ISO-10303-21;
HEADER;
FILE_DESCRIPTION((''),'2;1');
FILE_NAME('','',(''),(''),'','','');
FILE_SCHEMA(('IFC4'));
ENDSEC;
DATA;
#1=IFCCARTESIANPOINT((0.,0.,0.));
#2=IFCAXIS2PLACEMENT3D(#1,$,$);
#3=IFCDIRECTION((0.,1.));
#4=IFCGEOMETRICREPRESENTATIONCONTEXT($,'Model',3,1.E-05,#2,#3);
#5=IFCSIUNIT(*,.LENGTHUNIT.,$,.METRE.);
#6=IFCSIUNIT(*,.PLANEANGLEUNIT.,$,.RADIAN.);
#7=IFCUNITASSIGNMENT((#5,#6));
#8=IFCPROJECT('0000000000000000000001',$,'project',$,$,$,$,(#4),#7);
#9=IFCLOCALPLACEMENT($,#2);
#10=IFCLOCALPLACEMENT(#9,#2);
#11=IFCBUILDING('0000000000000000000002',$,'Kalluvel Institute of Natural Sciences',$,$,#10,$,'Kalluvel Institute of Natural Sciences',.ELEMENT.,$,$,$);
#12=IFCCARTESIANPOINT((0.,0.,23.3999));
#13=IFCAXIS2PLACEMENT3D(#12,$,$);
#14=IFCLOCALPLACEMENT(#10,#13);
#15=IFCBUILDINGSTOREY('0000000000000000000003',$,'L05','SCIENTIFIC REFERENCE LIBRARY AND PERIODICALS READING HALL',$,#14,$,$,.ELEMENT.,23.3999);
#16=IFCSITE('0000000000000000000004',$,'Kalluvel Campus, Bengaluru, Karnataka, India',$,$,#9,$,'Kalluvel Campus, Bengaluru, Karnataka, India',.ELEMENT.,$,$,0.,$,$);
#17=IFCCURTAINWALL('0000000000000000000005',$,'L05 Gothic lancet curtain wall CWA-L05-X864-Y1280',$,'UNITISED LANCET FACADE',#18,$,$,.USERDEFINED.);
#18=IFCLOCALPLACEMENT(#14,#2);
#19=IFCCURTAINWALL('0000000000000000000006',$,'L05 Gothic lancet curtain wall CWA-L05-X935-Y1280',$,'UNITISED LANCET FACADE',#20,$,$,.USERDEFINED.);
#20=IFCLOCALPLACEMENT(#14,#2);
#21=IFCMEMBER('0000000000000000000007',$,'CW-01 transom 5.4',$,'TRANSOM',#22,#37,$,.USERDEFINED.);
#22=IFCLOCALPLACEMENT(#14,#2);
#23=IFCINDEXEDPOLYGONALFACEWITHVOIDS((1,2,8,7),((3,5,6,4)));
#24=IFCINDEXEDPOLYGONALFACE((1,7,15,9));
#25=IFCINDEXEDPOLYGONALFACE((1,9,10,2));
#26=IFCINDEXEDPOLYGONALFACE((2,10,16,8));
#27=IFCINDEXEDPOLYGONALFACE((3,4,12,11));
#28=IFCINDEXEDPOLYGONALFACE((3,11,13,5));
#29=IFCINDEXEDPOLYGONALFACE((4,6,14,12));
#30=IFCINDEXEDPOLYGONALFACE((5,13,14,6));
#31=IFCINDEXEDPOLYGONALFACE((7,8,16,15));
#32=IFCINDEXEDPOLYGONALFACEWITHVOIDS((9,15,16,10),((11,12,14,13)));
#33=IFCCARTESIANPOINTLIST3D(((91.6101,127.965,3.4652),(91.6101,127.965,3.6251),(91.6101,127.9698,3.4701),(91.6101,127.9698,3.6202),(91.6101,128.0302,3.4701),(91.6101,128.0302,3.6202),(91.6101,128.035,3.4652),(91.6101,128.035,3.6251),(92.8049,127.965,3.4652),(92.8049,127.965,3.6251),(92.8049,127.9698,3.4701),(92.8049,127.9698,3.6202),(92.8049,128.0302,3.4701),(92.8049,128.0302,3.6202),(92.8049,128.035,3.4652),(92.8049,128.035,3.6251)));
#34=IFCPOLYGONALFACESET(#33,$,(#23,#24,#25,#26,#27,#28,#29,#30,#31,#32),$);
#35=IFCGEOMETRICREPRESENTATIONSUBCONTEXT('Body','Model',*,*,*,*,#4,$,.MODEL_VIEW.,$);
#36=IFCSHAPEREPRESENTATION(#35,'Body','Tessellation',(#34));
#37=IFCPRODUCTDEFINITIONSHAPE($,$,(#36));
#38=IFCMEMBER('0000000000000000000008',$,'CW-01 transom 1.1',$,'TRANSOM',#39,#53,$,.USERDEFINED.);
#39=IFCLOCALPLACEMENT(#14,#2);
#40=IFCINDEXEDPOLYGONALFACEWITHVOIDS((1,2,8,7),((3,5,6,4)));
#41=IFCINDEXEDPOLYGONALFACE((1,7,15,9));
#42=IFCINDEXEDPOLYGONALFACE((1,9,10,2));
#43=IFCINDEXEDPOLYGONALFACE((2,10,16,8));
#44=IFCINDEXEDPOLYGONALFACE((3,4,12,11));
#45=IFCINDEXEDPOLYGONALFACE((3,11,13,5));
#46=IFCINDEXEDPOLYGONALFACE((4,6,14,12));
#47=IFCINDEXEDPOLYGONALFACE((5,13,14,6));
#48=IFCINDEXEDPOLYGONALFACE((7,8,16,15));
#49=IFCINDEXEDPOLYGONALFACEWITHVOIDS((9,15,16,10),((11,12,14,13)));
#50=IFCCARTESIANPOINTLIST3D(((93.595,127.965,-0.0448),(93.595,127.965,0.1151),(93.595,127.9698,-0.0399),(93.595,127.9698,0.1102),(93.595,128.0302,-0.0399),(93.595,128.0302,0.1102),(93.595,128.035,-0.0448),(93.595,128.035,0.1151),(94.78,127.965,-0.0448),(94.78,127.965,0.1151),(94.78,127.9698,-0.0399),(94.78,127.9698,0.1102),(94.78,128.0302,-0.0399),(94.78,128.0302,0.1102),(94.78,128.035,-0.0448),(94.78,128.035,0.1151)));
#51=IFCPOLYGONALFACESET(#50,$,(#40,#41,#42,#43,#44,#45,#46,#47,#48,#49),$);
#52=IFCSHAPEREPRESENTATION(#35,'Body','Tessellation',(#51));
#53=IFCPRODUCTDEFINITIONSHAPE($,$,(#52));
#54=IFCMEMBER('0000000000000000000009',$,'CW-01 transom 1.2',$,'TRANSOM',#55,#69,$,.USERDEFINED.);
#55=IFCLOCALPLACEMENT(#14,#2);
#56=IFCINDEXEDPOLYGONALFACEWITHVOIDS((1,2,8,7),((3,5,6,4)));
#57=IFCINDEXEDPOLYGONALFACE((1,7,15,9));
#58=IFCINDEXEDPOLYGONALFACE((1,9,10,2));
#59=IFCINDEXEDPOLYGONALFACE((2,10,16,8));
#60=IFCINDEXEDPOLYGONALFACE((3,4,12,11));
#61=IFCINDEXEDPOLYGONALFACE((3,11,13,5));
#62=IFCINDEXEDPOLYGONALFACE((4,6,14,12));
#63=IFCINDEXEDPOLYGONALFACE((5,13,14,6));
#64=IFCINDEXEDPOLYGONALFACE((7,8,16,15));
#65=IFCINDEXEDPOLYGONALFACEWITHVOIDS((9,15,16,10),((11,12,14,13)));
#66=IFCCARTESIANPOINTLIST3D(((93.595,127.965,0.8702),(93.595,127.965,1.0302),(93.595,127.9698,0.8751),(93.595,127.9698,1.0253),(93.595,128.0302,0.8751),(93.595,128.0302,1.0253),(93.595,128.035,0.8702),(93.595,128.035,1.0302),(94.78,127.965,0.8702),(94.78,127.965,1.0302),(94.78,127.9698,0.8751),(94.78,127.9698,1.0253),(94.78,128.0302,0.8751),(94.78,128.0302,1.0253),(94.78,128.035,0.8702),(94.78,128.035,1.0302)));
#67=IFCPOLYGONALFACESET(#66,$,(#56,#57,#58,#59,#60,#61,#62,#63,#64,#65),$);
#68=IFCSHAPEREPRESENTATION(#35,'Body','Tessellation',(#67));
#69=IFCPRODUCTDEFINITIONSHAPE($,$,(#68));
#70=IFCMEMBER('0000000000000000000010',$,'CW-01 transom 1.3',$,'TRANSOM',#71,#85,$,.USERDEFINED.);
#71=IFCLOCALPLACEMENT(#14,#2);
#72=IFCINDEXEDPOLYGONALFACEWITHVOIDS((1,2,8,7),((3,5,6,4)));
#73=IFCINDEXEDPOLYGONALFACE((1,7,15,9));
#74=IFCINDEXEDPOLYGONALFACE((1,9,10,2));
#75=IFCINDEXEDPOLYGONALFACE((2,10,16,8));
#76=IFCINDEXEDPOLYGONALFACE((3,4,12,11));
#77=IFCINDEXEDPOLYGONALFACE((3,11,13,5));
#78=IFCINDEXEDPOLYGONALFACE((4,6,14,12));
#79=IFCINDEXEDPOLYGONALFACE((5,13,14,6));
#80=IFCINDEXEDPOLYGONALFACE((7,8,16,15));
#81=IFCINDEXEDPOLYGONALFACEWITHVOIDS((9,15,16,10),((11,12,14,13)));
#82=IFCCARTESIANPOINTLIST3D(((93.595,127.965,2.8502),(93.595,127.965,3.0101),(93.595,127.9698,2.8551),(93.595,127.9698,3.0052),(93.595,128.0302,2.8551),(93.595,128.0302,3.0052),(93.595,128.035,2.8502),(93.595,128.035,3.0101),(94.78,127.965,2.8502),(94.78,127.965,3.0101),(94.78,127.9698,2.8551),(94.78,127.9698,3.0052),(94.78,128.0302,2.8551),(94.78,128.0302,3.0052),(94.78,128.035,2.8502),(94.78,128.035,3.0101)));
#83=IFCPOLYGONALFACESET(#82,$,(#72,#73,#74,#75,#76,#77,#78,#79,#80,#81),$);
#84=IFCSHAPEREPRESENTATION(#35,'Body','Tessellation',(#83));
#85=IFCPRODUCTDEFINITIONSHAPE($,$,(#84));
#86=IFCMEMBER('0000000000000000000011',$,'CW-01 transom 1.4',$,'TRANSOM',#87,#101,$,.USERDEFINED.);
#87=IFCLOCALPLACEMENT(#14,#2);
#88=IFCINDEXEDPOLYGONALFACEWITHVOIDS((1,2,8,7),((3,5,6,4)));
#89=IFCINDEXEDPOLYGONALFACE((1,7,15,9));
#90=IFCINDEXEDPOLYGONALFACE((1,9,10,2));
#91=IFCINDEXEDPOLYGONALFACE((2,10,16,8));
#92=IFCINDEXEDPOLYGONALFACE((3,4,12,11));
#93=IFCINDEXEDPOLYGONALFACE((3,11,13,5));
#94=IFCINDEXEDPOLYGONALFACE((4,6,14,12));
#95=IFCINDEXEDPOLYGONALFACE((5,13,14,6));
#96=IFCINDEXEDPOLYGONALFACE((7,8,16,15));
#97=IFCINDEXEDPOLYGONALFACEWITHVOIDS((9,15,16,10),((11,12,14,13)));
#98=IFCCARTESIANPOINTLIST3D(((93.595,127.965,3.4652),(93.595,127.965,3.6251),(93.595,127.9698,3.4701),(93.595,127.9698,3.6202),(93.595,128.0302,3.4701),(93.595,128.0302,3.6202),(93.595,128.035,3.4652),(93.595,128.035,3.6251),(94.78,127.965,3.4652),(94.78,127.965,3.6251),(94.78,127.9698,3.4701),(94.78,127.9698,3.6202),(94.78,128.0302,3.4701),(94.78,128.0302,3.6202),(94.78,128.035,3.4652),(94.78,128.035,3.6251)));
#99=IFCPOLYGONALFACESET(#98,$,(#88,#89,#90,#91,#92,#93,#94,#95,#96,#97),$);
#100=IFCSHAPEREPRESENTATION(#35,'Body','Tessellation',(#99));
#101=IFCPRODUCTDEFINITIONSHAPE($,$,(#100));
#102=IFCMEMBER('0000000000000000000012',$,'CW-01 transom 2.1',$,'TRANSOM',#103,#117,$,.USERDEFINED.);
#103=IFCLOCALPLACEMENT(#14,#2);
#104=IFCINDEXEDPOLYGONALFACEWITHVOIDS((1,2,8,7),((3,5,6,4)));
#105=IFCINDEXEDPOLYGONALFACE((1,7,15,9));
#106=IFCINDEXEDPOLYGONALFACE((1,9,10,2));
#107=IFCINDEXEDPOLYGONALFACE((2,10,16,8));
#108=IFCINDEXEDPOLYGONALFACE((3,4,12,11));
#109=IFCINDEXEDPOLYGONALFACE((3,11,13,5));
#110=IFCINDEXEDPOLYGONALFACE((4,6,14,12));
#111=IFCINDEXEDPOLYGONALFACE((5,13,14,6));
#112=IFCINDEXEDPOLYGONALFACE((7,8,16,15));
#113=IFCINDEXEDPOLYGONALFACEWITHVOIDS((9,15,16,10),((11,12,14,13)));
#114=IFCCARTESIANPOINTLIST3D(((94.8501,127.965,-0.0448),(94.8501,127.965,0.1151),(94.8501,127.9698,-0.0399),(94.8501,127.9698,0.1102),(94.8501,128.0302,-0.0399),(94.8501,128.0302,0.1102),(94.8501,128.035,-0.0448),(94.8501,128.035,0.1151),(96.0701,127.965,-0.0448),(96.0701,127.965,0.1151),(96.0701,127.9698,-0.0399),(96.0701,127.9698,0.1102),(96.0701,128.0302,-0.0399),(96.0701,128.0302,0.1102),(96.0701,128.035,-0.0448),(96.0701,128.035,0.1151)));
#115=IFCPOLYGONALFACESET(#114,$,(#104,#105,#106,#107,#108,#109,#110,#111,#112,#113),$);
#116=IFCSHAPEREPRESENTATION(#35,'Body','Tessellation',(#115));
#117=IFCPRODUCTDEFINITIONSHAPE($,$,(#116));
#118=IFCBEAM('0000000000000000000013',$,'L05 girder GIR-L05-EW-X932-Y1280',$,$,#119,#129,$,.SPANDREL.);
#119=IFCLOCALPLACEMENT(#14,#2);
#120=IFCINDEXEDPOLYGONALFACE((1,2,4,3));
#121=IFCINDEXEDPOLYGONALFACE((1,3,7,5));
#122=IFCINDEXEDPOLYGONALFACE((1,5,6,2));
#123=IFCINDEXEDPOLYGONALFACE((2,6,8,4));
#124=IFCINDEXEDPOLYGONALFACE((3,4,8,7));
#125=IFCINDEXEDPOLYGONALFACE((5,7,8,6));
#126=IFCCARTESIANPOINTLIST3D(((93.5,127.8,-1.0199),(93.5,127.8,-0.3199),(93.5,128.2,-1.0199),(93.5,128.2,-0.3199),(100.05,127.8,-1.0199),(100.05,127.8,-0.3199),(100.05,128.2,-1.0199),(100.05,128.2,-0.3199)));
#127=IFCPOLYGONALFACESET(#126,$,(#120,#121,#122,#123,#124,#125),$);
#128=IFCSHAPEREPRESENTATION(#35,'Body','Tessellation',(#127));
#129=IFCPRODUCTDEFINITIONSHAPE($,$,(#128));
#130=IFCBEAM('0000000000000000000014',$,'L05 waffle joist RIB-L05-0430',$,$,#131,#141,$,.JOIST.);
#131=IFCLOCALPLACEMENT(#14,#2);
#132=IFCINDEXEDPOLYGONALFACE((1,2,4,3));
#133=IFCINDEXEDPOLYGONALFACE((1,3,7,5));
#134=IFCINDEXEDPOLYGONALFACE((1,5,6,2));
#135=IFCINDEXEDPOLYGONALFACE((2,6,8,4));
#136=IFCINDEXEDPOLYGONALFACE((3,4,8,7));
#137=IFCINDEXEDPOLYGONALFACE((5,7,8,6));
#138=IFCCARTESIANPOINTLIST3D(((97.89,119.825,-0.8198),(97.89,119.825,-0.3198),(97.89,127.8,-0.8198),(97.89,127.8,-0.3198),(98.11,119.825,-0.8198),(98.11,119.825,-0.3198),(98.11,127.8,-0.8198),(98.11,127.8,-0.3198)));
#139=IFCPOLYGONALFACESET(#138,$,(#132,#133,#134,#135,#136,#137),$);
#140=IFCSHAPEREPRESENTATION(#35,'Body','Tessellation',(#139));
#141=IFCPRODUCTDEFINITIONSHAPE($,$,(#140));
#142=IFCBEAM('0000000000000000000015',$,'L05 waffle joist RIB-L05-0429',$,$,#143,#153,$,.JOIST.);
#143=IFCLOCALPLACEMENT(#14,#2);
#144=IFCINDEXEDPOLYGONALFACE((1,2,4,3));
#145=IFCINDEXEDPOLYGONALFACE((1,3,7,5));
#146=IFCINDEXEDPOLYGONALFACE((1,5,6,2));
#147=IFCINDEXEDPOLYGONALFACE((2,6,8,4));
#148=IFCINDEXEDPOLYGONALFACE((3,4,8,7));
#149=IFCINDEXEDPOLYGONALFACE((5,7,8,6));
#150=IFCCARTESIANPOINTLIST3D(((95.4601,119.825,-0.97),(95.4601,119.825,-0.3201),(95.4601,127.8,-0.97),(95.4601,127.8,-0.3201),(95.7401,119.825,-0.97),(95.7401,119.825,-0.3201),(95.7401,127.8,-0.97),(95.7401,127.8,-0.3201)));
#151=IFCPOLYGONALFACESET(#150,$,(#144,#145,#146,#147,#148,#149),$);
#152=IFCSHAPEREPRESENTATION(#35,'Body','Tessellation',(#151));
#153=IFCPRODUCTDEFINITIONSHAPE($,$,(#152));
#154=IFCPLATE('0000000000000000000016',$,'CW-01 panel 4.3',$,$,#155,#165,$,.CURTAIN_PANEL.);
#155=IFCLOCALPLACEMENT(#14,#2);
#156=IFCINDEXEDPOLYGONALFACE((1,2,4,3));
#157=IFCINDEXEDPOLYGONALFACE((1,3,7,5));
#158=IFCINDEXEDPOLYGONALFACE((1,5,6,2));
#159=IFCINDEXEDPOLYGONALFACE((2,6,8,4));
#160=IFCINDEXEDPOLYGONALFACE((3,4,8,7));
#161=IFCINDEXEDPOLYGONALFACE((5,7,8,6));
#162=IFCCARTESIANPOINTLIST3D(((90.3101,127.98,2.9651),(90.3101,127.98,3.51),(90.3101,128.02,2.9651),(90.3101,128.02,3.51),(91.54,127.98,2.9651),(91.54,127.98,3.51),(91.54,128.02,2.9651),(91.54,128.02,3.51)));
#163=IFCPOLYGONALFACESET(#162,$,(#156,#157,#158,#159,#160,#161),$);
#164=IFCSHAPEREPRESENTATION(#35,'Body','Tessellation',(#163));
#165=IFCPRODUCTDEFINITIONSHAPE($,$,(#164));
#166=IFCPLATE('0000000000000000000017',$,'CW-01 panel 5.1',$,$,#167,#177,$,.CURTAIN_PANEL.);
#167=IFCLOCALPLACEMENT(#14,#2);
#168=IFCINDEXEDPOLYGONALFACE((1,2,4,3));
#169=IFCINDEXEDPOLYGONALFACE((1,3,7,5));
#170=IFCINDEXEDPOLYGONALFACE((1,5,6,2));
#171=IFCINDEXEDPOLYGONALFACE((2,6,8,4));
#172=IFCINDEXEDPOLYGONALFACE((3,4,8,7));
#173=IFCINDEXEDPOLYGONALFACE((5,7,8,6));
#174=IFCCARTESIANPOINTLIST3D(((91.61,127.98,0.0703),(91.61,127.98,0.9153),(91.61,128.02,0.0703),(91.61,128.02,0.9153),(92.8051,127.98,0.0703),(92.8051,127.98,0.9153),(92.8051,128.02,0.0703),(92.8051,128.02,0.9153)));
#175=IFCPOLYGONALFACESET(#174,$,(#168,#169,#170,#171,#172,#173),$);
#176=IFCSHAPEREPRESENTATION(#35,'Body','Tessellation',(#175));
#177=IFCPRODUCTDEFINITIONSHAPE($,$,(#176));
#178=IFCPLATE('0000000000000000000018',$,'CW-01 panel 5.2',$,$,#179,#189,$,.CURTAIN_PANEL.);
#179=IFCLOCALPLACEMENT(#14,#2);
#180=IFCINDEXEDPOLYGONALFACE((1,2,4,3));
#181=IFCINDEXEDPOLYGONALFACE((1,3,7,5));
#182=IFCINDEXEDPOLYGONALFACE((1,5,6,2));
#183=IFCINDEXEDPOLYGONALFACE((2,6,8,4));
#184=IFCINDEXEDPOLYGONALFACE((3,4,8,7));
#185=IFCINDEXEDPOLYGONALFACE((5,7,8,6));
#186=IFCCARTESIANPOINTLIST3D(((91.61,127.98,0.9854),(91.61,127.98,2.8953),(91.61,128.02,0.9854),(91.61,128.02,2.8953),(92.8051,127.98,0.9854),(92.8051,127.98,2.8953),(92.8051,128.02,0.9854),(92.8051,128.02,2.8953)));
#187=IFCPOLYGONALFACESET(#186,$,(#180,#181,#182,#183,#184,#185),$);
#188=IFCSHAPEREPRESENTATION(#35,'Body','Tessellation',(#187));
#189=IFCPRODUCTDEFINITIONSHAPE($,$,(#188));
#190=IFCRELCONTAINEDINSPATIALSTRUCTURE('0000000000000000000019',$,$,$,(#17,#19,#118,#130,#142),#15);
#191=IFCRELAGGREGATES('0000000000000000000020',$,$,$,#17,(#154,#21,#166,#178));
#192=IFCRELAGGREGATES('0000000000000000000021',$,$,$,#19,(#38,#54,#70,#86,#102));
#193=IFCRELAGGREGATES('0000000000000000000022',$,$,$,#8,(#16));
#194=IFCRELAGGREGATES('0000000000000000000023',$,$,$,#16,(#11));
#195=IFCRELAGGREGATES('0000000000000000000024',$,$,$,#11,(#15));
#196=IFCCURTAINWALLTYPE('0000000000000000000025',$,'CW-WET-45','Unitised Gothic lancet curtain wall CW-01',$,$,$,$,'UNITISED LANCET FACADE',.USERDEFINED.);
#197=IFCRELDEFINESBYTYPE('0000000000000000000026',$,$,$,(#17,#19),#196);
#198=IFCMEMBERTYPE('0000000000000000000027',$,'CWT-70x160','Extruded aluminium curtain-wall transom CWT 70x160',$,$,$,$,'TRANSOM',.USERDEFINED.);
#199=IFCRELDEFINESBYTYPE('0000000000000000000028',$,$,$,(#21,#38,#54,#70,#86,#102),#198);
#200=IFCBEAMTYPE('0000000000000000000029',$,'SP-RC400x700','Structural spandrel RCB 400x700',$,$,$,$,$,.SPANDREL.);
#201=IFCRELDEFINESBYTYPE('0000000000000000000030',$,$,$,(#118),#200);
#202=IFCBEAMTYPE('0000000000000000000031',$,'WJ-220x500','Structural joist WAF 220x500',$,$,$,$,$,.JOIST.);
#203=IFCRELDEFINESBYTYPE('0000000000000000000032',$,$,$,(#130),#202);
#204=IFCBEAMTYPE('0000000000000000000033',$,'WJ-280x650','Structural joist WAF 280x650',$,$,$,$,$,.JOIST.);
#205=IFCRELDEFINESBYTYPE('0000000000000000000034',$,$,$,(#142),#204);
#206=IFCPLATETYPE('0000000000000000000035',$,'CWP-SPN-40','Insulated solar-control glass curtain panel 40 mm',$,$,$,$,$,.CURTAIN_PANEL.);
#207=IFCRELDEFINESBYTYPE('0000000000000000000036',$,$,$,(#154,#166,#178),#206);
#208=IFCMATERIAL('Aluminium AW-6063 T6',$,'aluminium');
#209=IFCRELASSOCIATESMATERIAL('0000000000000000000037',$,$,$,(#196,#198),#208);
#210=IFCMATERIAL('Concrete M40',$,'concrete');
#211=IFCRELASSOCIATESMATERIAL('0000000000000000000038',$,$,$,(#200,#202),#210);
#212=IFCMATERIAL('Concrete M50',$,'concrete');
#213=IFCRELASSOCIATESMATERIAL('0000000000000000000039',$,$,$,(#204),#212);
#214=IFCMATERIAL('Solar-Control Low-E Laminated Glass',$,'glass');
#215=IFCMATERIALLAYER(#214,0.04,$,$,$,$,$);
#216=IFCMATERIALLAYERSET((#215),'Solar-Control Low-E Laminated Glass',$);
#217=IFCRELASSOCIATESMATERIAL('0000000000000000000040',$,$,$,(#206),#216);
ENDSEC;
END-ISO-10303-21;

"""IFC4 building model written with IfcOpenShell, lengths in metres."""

from ifc_helpers import new_model, si_unit, direction, frame, origin, origin_2d, place, context, subcontext, project, spatial, rectangle, hollow_rectangle, extrude, material, layer, layer_set, material_profile, profile_set, type_object, element, aggregate, save


model = new_model("IFC4")

# Units and contexts
model_context = context("Model", 3, precision=1e-05, world=origin(), true_north=direction((0.0, 1.0)))
body_context = subcontext(model_context, "Body", "Model", "MODEL_VIEW")
ifc_project = project(units=[si_unit("LENGTHUNIT", "METRE"), si_unit("PLANEANGLEUNIT", "RADIAN")], contexts=[model_context])

# Site, building, storey
site_placement = place(None, origin())
site = spatial("IfcSite", under=ifc_project, at=site_placement, Name="Kalluvel Campus, Bengaluru, Karnataka, India", LongName="Kalluvel Campus, Bengaluru, Karnataka, India", CompositionType="ELEMENT", RefElevation=0.0)
building_placement = place(site_placement, origin())
building = spatial("IfcBuilding", under=site, at=building_placement, Name="Kalluvel Institute of Natural Sciences", LongName="Kalluvel Institute of Natural Sciences", CompositionType="ELEMENT")
storey_placement = place(building_placement, frame((0.0, 0.0, 23.3999)))
storey = spatial("IfcBuildingStorey", under=building, at=storey_placement, Name="L05", Description="SCIENTIFIC REFERENCE LIBRARY AND PERIODICALS READING HALL", CompositionType="ELEMENT", Elevation=23.3999)

# Shared definitions
ifc_material_1 = material(Name="Concrete M40", Category="concrete")

# Shared definitions
ifc_material_2 = material(Name="Concrete M50", Category="concrete")

# Curtain walls
ifc_material_3 = material(Name="Aluminium AW-6063 T6", Category="aluminium")
curtain_wall_type = type_object("IfcCurtainWallType", Name="CW-WET-45", Description="Unitised Gothic lancet curtain wall CW-01", ElementType="UNITISED LANCET FACADE", PredefinedType="USERDEFINED", material=ifc_material_3)
curtain_wall_1_placement = place(storey_placement, origin())
curtain_wall_1 = element("IfcCurtainWall", 1, at=curtain_wall_1_placement, inside=storey, type_object=curtain_wall_type, Name="L05 Gothic lancet curtain wall CWA-L05-X864-Y1280", ObjectType="UNITISED LANCET FACADE", PredefinedType="USERDEFINED")
curtain_wall_2_placement = place(storey_placement, origin())
curtain_wall_2 = element("IfcCurtainWall", 2, at=curtain_wall_2_placement, inside=storey, type_object=curtain_wall_type, Name="L05 Gothic lancet curtain wall CWA-L05-X935-Y1280", ObjectType="UNITISED LANCET FACADE", PredefinedType="USERDEFINED")

# Members
ifc_material_profile_1 = material_profile(ifc_material_3, hollow_rectangle(XDim=0.0701, YDim=0.1599, WallThickness=0.0049, at=origin_2d()), Name="CWT 70x160")
ifc_profile_set_1 = profile_set([ifc_material_profile_1], Name="Aluminium AW-6063 T6")
member_type_1 = type_object("IfcMemberType", Name="CWT-70x160", Description="Extruded aluminium curtain-wall transom CWT 70x160", ElementType="TRANSOM", PredefinedType="USERDEFINED", material=ifc_profile_set_1)
member_1_placement = place(storey_placement, frame((91.6101, 128.0, 3.5452), z_axis=(1.0, 0.0, 0.0), x_axis=(0.0, 1.0, 0.0)))
member_1 = element("IfcMember", 3, at=member_1_placement, type_object=member_type_1, Name="CW-01 transom 5.4", ObjectType="TRANSOM", PredefinedType="USERDEFINED", context=body_context, shape_type="SweptSolid", body=[
    extrude(hollow_rectangle(XDim=0.0701, YDim=0.1599, WallThickness=0.0049, at=origin_2d()), origin(), (0.0, 0.0, 1.0), 1.1948),
])
member_2_placement = place(storey_placement, frame((93.595, 128.0, 0.0352), z_axis=(1.0, 0.0, 0.0), x_axis=(0.0, 1.0, 0.0)))
member_2 = element("IfcMember", 4, at=member_2_placement, type_object=member_type_1, Name="CW-01 transom 1.1", ObjectType="TRANSOM", PredefinedType="USERDEFINED", context=body_context, shape_type="SweptSolid", body=[
    extrude(hollow_rectangle(XDim=0.0701, YDim=0.1599, WallThickness=0.0049, at=origin_2d()), origin(), (0.0, 0.0, 1.0), 1.1851),
])
member_3_placement = place(storey_placement, frame((93.595, 128.0, 0.9502), z_axis=(1.0, 0.0, 0.0), x_axis=(0.0, 1.0, 0.0)))
member_3 = element("IfcMember", 5, at=member_3_placement, type_object=member_type_1, Name="CW-01 transom 1.2", ObjectType="TRANSOM", PredefinedType="USERDEFINED", context=body_context, shape_type="SweptSolid", body=[
    extrude(hollow_rectangle(XDim=0.0701, YDim=0.1599, WallThickness=0.0049, at=origin_2d()), origin(), (0.0, 0.0, 1.0), 1.1851),
])
member_4_placement = place(storey_placement, frame((93.595, 128.0, 2.9302), z_axis=(1.0, 0.0, 0.0), x_axis=(0.0, 1.0, 0.0)))
member_4 = element("IfcMember", 6, at=member_4_placement, type_object=member_type_1, Name="CW-01 transom 1.3", ObjectType="TRANSOM", PredefinedType="USERDEFINED", context=body_context, shape_type="SweptSolid", body=[
    extrude(hollow_rectangle(XDim=0.0701, YDim=0.1599, WallThickness=0.0049, at=origin_2d()), origin(), (0.0, 0.0, 1.0), 1.1851),
])
member_5_placement = place(storey_placement, frame((93.595, 128.0, 3.5452), z_axis=(1.0, 0.0, 0.0), x_axis=(0.0, 1.0, 0.0)))
member_5 = element("IfcMember", 7, at=member_5_placement, type_object=member_type_1, Name="CW-01 transom 1.4", ObjectType="TRANSOM", PredefinedType="USERDEFINED", context=body_context, shape_type="SweptSolid", body=[
    extrude(hollow_rectangle(XDim=0.0701, YDim=0.1599, WallThickness=0.0049, at=origin_2d()), origin(), (0.0, 0.0, 1.0), 1.1851),
])
member_6_placement = place(storey_placement, frame((94.8501, 128.0, 0.0352), z_axis=(1.0, 0.0, 0.0), x_axis=(0.0, 1.0, 0.0)))
member_6 = element("IfcMember", 8, at=member_6_placement, type_object=member_type_1, Name="CW-01 transom 2.1", ObjectType="TRANSOM", PredefinedType="USERDEFINED", context=body_context, shape_type="SweptSolid", body=[
    extrude(hollow_rectangle(XDim=0.0701, YDim=0.1599, WallThickness=0.0049, at=origin_2d()), origin(), (0.0, 0.0, 1.0), 1.22),
])

# Beams
ifc_material_profile_2 = material_profile(ifc_material_1, rectangle(XDim=0.3999, YDim=0.7, at=origin_2d()), Name="RCB 400x700")
ifc_profile_set_2 = profile_set([ifc_material_profile_2], Name="Concrete M40")
beam_type_1 = type_object("IfcBeamType", Name="SP-RC400x700", Description="Structural spandrel RCB 400x700", PredefinedType="SPANDREL", material=ifc_profile_set_2)
beam_1_placement = place(storey_placement, frame((93.5, 128.0, -0.6699), z_axis=(1.0, 0.0, 0.0), x_axis=(0.0, 1.0, 0.0)))
element("IfcBeam", 9, at=beam_1_placement, inside=storey, type_object=beam_type_1, Name="L05 girder GIR-L05-EW-X932-Y1280", PredefinedType="SPANDREL", context=body_context, shape_type="SweptSolid", body=[
    extrude(rectangle(XDim=0.3999, YDim=0.7, at=origin_2d()), origin(), (0.0, 0.0, 1.0), 6.55),
])
ifc_material_profile_3 = material_profile(ifc_material_1, rectangle(XDim=0.22, YDim=0.5, at=origin_2d()), Name="WAF 220x500")
ifc_profile_set_3 = profile_set([ifc_material_profile_3], Name="Concrete M40")
beam_type_2 = type_object("IfcBeamType", Name="WJ-220x500", Description="Structural joist WAF 220x500", PredefinedType="JOIST", material=ifc_profile_set_3)
beam_2_placement = place(storey_placement, frame((98.0, 119.825, -0.5698), z_axis=(0.0, 1.0, 0.0), x_axis=(-1.0, 0.0, 0.0)))
element("IfcBeam", 10, at=beam_2_placement, inside=storey, type_object=beam_type_2, Name="L05 waffle joist RIB-L05-0430", PredefinedType="JOIST", context=body_context, shape_type="SweptSolid", body=[
    extrude(rectangle(XDim=0.22, YDim=0.5, at=origin_2d()), origin(), (0.0, 0.0, 1.0), 7.9751),
])
ifc_material_profile_4 = material_profile(ifc_material_2, rectangle(XDim=0.28, YDim=0.6499, at=origin_2d()), Name="WAF 280x650")
ifc_profile_set_4 = profile_set([ifc_material_profile_4], Name="Concrete M50")
beam_type_3 = type_object("IfcBeamType", Name="WJ-280x650", Description="Structural joist WAF 280x650", PredefinedType="JOIST", material=ifc_profile_set_4)
beam_3_placement = place(storey_placement, frame((95.6001, 119.825, -0.645), z_axis=(0.0, 1.0, 0.0), x_axis=(-1.0, 0.0, 0.0)))
element("IfcBeam", 11, at=beam_3_placement, inside=storey, type_object=beam_type_3, Name="L05 waffle joist RIB-L05-0429", PredefinedType="JOIST", context=body_context, shape_type="SweptSolid", body=[
    extrude(rectangle(XDim=0.28, YDim=0.6499, at=origin_2d()), origin(), (0.0, 0.0, 1.0), 7.9751),
])

# Plates
ifc_material_4 = material(Name="Solar-Control Low-E Laminated Glass", Category="glass")
ifc_layer_1 = layer(ifc_material_4, 0.04)
ifc_layer_set_1 = layer_set([ifc_layer_1], Name="Solar-Control Low-E Laminated Glass")
plate_type = type_object("IfcPlateType", Name="CWP-SPN-40", Description="Insulated solar-control glass curtain panel 40 mm", PredefinedType="CURTAIN_PANEL", material=ifc_layer_set_1)
plate_1_placement = place(storey_placement, frame((90.925, 128.0, 2.9651), z_axis=(0.0, 0.0, 1.0), x_axis=(1.0, 0.0, 0.0)))
plate_1 = element("IfcPlate", 12, at=plate_1_placement, type_object=plate_type, Name="CW-01 panel 4.3", PredefinedType="CURTAIN_PANEL", context=body_context, shape_type="SweptSolid", body=[
    extrude(rectangle(XDim=1.23, YDim=0.04, at=origin_2d()), origin(), (0.0, 0.0, 1.0), 0.5449),
])
plate_2_placement = place(storey_placement, frame((92.2075, 128.0, 0.0703), z_axis=(0.0, 0.0, 1.0), x_axis=(1.0, 0.0, 0.0)))
plate_2 = element("IfcPlate", 13, at=plate_2_placement, type_object=plate_type, Name="CW-01 panel 5.1", PredefinedType="CURTAIN_PANEL", context=body_context, shape_type="SweptSolid", body=[
    extrude(rectangle(XDim=1.1951, YDim=0.04, at=origin_2d()), origin(), (0.0, 0.0, 1.0), 0.845),
])
plate_3_placement = place(storey_placement, frame((92.2075, 128.0, 0.9854), z_axis=(0.0, 0.0, 1.0), x_axis=(1.0, 0.0, 0.0)))
plate_3 = element("IfcPlate", 14, at=plate_3_placement, type_object=plate_type, Name="CW-01 panel 5.2", PredefinedType="CURTAIN_PANEL", context=body_context, shape_type="SweptSolid", body=[
    extrude(rectangle(XDim=1.1951, YDim=0.04, at=origin_2d()), origin(), (0.0, 0.0, 1.0), 1.9099),
])
aggregate(curtain_wall_1, [plate_1, member_1, plate_2, plate_3])
aggregate(curtain_wall_2, [member_2, member_3, member_4, member_5, member_6])

save(model, "model.ifc")
